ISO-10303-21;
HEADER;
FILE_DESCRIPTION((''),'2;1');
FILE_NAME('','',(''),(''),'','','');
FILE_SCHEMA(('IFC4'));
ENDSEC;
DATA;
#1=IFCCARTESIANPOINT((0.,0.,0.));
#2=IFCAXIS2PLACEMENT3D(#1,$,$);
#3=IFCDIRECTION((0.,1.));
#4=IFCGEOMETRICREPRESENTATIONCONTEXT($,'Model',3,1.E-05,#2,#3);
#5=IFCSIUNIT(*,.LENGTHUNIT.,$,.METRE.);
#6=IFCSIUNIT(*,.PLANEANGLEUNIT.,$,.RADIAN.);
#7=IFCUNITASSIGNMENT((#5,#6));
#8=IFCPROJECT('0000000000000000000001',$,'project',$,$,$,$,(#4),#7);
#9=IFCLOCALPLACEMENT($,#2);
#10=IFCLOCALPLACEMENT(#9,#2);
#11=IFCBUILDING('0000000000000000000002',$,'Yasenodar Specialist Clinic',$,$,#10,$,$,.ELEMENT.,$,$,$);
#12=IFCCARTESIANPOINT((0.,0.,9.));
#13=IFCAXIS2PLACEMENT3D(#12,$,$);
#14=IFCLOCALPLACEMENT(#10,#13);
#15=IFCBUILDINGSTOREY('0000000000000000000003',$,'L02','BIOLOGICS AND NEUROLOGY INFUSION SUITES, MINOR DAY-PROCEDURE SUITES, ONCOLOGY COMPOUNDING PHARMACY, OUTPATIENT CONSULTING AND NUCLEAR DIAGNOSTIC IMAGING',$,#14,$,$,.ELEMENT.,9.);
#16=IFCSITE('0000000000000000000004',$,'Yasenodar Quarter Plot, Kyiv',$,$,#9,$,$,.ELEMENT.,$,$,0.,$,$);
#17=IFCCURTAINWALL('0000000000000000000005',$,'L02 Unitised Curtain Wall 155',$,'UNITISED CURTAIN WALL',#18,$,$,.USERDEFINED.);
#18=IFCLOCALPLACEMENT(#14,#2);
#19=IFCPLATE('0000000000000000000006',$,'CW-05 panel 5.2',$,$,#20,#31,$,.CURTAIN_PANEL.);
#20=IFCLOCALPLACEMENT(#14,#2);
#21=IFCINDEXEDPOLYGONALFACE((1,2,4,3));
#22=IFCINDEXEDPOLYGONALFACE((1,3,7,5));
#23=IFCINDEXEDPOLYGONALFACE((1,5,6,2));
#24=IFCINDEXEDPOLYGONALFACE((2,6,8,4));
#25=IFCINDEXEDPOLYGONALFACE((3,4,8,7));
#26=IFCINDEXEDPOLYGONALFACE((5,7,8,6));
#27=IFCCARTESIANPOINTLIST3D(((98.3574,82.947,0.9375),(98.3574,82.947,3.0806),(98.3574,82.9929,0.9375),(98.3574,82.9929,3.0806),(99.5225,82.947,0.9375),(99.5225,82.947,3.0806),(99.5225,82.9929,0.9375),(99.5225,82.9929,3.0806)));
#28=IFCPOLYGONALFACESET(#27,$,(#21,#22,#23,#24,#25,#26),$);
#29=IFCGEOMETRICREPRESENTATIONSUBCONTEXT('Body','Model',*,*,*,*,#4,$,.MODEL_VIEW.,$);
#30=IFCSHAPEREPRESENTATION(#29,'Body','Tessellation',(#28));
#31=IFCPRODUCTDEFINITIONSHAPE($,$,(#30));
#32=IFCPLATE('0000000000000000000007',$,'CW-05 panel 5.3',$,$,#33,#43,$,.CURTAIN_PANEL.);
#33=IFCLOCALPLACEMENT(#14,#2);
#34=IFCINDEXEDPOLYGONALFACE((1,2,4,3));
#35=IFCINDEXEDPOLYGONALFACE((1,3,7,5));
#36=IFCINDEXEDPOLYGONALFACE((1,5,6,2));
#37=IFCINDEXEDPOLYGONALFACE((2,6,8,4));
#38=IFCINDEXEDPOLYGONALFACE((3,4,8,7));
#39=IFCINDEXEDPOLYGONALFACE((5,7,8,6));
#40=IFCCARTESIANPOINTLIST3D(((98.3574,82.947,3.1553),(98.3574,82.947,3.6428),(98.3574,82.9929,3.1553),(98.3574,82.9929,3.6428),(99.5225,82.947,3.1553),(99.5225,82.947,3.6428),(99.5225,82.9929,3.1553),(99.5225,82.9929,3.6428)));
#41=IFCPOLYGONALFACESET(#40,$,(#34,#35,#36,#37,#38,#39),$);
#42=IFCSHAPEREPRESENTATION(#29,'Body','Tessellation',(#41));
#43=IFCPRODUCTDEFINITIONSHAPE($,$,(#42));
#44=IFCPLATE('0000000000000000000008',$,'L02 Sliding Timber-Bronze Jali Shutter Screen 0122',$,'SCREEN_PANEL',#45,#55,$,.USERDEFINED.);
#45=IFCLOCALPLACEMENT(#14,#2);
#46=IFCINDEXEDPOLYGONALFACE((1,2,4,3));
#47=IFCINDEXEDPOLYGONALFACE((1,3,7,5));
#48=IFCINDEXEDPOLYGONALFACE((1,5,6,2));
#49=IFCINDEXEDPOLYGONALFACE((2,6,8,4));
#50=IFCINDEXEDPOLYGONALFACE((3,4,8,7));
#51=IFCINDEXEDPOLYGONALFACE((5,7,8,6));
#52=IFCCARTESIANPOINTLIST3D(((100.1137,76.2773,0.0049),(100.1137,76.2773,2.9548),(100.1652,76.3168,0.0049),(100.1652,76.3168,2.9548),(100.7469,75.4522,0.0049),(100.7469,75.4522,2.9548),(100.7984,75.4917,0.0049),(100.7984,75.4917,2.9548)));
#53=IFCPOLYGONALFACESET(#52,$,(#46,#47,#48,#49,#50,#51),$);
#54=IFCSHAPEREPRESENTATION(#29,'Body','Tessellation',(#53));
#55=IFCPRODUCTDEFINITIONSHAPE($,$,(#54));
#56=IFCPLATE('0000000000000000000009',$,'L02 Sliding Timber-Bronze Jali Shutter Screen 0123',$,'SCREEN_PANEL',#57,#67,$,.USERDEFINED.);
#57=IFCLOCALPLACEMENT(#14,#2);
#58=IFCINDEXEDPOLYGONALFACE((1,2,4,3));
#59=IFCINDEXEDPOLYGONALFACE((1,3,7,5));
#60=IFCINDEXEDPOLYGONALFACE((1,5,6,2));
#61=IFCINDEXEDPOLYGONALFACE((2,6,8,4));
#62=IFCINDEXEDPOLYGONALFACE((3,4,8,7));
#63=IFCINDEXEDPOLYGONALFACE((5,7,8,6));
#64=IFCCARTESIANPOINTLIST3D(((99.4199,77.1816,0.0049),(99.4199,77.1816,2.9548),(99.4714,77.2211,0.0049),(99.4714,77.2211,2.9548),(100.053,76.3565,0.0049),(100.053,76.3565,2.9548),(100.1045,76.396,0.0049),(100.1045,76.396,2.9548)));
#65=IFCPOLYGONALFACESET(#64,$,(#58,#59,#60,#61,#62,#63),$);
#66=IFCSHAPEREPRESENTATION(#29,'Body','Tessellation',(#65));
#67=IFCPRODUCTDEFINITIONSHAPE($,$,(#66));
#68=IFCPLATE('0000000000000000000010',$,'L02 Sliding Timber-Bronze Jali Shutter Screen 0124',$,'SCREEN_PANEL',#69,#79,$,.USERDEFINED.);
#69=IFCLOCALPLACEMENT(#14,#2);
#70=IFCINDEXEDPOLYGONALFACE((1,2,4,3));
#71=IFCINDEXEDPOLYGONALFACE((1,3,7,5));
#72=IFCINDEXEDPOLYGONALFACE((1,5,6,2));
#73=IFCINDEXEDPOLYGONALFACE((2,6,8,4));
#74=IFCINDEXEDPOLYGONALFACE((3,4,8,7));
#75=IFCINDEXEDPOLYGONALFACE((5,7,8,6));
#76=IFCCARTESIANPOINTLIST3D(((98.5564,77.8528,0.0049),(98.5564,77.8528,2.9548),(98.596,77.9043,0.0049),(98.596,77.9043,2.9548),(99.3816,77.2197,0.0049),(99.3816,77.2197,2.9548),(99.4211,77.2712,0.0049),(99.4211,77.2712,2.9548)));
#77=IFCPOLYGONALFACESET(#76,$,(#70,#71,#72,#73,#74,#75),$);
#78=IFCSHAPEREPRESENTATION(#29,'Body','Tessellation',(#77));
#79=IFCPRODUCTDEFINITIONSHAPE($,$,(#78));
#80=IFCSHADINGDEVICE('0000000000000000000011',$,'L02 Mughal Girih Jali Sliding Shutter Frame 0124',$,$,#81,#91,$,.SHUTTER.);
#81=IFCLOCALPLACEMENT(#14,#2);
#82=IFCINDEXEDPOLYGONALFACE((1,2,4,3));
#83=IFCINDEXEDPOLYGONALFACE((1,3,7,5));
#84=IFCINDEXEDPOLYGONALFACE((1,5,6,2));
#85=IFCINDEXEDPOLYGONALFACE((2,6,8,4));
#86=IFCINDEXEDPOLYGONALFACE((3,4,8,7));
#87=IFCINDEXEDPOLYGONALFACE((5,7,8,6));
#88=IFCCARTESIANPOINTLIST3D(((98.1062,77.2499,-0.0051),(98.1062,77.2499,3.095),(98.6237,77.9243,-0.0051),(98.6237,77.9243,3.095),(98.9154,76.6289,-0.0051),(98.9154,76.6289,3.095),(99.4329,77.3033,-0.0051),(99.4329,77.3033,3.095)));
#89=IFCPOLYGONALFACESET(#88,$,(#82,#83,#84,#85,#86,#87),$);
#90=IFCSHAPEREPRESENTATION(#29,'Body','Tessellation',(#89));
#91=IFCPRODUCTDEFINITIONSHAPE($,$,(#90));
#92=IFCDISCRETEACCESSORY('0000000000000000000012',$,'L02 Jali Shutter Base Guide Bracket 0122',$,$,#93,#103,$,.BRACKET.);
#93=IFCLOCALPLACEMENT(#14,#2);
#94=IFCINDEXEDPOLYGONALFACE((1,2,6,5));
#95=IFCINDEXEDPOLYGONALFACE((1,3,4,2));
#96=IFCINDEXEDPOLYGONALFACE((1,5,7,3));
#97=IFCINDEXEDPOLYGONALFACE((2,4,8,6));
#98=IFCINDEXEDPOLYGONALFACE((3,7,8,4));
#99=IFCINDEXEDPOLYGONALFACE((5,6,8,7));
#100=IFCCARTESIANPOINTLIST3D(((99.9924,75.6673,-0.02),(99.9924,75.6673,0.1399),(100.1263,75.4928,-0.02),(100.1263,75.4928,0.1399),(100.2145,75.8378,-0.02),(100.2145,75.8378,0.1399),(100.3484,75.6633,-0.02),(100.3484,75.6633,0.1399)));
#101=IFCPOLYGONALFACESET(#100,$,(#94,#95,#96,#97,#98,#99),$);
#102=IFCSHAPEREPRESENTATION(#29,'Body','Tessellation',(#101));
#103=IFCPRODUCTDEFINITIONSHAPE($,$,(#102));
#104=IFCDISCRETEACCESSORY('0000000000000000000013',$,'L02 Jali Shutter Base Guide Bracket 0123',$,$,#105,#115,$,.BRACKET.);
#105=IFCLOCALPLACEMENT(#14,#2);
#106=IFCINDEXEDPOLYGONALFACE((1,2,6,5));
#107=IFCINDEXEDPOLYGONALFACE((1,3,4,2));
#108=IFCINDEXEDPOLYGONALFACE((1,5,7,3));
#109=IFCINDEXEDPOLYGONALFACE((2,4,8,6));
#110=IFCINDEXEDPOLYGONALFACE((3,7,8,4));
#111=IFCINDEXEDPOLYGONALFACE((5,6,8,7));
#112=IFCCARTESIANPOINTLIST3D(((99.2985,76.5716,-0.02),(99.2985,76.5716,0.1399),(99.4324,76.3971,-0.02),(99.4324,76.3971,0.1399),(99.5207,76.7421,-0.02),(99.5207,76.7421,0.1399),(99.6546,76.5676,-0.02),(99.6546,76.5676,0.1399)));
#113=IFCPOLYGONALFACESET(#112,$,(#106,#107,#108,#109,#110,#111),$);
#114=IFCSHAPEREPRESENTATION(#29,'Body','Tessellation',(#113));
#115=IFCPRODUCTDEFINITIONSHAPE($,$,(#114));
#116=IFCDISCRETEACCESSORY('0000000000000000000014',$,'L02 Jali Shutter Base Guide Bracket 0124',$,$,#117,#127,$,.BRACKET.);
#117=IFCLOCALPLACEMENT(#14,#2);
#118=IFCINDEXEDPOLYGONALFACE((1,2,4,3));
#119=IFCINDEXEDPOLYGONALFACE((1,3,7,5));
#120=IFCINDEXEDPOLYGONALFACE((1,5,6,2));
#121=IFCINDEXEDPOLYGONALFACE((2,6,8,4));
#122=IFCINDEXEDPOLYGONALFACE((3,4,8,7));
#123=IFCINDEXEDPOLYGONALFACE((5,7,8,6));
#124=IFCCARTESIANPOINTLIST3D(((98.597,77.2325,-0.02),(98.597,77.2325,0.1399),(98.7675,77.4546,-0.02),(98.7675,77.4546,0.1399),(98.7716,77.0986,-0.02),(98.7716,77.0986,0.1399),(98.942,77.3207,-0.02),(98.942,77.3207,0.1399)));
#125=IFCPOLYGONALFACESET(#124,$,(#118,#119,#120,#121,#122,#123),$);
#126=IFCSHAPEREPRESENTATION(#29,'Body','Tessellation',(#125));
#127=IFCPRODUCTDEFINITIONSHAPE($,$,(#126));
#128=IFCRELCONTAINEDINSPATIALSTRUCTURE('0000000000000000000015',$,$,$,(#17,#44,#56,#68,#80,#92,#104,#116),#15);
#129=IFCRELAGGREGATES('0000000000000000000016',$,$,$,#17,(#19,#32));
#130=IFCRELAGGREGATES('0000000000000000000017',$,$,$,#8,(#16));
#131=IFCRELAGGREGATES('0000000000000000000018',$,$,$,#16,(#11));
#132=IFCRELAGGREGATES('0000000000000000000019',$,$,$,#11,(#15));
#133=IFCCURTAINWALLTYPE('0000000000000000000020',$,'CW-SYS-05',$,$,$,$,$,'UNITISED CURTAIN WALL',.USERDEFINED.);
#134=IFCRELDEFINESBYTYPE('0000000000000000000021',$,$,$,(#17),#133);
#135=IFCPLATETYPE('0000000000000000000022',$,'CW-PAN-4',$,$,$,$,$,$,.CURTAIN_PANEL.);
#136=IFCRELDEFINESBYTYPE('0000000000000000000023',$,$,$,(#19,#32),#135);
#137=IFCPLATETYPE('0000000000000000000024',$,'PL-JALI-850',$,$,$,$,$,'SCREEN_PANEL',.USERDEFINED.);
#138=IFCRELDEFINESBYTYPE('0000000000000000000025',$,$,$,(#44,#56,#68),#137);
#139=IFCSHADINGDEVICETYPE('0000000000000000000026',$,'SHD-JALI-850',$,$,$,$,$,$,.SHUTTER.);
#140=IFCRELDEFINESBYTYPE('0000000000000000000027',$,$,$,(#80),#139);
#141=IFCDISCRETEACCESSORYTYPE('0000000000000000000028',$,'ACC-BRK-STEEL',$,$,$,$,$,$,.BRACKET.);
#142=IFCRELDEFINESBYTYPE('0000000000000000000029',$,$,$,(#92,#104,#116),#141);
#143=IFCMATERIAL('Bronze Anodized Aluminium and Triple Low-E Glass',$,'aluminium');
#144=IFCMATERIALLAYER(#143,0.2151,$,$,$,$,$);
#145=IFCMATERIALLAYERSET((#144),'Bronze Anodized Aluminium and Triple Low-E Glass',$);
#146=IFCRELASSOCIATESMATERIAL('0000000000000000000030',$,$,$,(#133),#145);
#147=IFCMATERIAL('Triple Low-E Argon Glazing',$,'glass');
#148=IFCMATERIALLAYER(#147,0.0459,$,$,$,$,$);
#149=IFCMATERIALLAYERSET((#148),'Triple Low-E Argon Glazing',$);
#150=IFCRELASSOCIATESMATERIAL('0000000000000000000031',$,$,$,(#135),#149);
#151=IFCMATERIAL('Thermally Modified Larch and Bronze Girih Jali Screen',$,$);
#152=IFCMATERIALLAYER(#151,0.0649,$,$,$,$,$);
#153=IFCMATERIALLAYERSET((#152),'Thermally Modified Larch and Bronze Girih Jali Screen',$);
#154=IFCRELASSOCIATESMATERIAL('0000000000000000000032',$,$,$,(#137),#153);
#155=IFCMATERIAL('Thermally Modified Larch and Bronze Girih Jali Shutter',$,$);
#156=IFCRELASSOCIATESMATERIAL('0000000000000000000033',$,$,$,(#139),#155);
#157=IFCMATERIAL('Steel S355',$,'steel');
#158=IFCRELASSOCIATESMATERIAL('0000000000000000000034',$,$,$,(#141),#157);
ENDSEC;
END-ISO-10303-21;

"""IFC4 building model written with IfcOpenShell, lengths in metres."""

from ifc_helpers import new_model, si_unit, direction, frame, origin, origin_2d, place, context, subcontext, project, spatial, rectangle, extrude, material, layer, layer_set, type_object, element, aggregate, save


model = new_model("IFC4")

# Units and contexts
model_context = context("Model", 3, precision=1e-05, world=origin(), true_north=direction((0.0, 1.0)))
body_context = subcontext(model_context, "Body", "Model", "MODEL_VIEW")
ifc_project = project(units=[si_unit("LENGTHUNIT", "METRE"), si_unit("PLANEANGLEUNIT", "RADIAN")], contexts=[model_context])

# Site, building, storey
site_placement = place(None, origin())
site = spatial("IfcSite", under=ifc_project, at=site_placement, Name="Yasenodar Quarter Plot, Kyiv", CompositionType="ELEMENT", RefElevation=0.0)
building_placement = place(site_placement, origin())
building = spatial("IfcBuilding", under=site, at=building_placement, Name="Yasenodar Specialist Clinic", CompositionType="ELEMENT")
storey_placement = place(building_placement, frame((0.0, 0.0, 9.0)))
storey = spatial("IfcBuildingStorey", under=building, at=storey_placement, Name="L02", Description="BIOLOGICS AND NEUROLOGY INFUSION SUITES, MINOR DAY-PROCEDURE SUITES, ONCOLOGY COMPOUNDING PHARMACY, OUTPATIENT CONSULTING AND NUCLEAR DIAGNOSTIC IMAGING", CompositionType="ELEMENT", Elevation=9.0)

# Curtain wall
ifc_material_1 = material(Name="Bronze Anodized Aluminium and Triple Low-E Glass", Category="aluminium")
ifc_layer_1 = layer(ifc_material_1, 0.2151)
ifc_layer_set_1 = layer_set([ifc_layer_1], Name="Bronze Anodized Aluminium and Triple Low-E Glass")
curtain_wall_type_1 = type_object("IfcCurtainWallType", Name="CW-SYS-05", ElementType="UNITISED CURTAIN WALL", PredefinedType="USERDEFINED", material=ifc_layer_set_1)
curtain_wall_1_placement = place(storey_placement, origin())
curtain_wall_1 = element("IfcCurtainWall", 1, at=curtain_wall_1_placement, inside=storey, type_object=curtain_wall_type_1, Name="L02 Unitised Curtain Wall 155", ObjectType="UNITISED CURTAIN WALL", PredefinedType="USERDEFINED")

# Plates
ifc_material_2 = material(Name="Triple Low-E Argon Glazing", Category="glass")
ifc_layer_2 = layer(ifc_material_2, 0.0459)
ifc_layer_set_2 = layer_set([ifc_layer_2], Name="Triple Low-E Argon Glazing")
plate_type_1 = type_object("IfcPlateType", Name="CW-PAN-4", PredefinedType="CURTAIN_PANEL", material=ifc_layer_set_2)
plate_1_placement = place(storey_placement, frame((98.9399, 82.97, 0.9375), z_axis=(0.0, 0.0, 1.0), x_axis=(-1.0, 0.0, 0.0)))
plate_1 = element("IfcPlate", 2, at=plate_1_placement, type_object=plate_type_1, Name="CW-05 panel 5.2", PredefinedType="CURTAIN_PANEL", context=body_context, shape_type="SweptSolid", body=[
    extrude(rectangle(XDim=1.165, YDim=0.0459, at=origin_2d()), origin(), (0.0, 0.0, 1.0), 2.1431),
])
plate_2_placement = place(storey_placement, frame((98.9399, 82.97, 3.1553), z_axis=(0.0, 0.0, 1.0), x_axis=(-1.0, 0.0, 0.0)))
plate_2 = element("IfcPlate", 3, at=plate_2_placement, type_object=plate_type_1, Name="CW-05 panel 5.3", PredefinedType="CURTAIN_PANEL", context=body_context, shape_type="SweptSolid", body=[
    extrude(rectangle(XDim=1.165, YDim=0.0459, at=origin_2d()), origin(), (0.0, 0.0, 1.0), 0.4875),
])
aggregate(curtain_wall_1, [plate_1, plate_2])

# Plates
ifc_material_3 = material(Name="Thermally Modified Larch and Bronze Girih Jali Screen")
ifc_layer_3 = layer(ifc_material_3, 0.0649)
ifc_layer_set_3 = layer_set([ifc_layer_3], Name="Thermally Modified Larch and Bronze Girih Jali Screen")
plate_type_2 = type_object("IfcPlateType", Name="PL-JALI-850", ElementType="SCREEN_PANEL", PredefinedType="USERDEFINED", material=ifc_layer_set_3)
for number, where, z_axis, x_axis, name in (
    (4, (100.4561, 75.8845, 0.0049), (0.0, 0.0, 1.0), (-0.608764, 0.793351, 0.0), "L02 Sliding Timber-Bronze Jali Shutter Screen 0122"),
    (5, (99.7622, 76.7888, 0.0049), (0.0, 0.0, 1.0), (-0.608764, 0.793351, 0.0), "L02 Sliding Timber-Bronze Jali Shutter Screen 0123"),
    (6, (98.9888, 77.562, 0.0049), (0.0, 0.0, 1.0), (-0.793351, 0.608764, 0.0), "L02 Sliding Timber-Bronze Jali Shutter Screen 0124"),
):
    element("IfcPlate", number, at=place(storey_placement, frame(where, z_axis=z_axis, x_axis=x_axis)), inside=storey, type_object=plate_type_2, Name=name, ObjectType="SCREEN_PANEL", PredefinedType="USERDEFINED", context=body_context, shape_type="SweptSolid", body=[
        extrude(rectangle(XDim=1.04, YDim=0.0649, at=origin_2d()), origin(), (0.0, 0.0, 1.0), 2.95),
    ])

# Shading device
ifc_material_4 = material(Name="Thermally Modified Larch and Bronze Girih Jali Shutter")
shading_device_type = type_object("IfcShadingDeviceType", Name="SHD-JALI-850", PredefinedType="SHUTTER", material=ifc_material_4)
shading_device_placement = place(storey_placement, frame((98.7695, 77.2766, -0.0051), z_axis=(0.0, 0.0, 1.0), x_axis=(-0.793351, 0.608764, 0.0)))
element("IfcShadingDevice", 7, at=shading_device_placement, inside=storey, type_object=shading_device_type, Name="L02 Mughal Girih Jali Sliding Shutter Frame 0124", PredefinedType="SHUTTER", context=body_context, shape_type="SweptSolid", body=[
    extrude(rectangle(XDim=1.02, YDim=0.8501, at=origin_2d()), origin(), (0.0, 0.0, 1.0), 3.1001),
])

# Discrete accessories
ifc_material_5 = material(Name="Steel S355", Category="steel")
discrete_accessory_type = type_object("IfcDiscreteAccessoryType", Name="ACC-BRK-STEEL", PredefinedType="BRACKET", material=ifc_material_5)
for number, where, z_axis, x_axis, name in (
    (8, (100.1704, 75.6653, -0.02), (0.0, 0.0, 1.0), (-0.608764, 0.793351, 0.0), "L02 Jali Shutter Base Guide Bracket 0122"),
    (9, (99.4766, 76.5696, -0.02), (0.0, 0.0, 1.0), (-0.608764, 0.793351, 0.0), "L02 Jali Shutter Base Guide Bracket 0123"),
    (10, (98.7695, 77.2766, -0.02), (0.0, 0.0, 1.0), (-0.793351, 0.608764, 0.0), "L02 Jali Shutter Base Guide Bracket 0124"),
):
    element("IfcDiscreteAccessory", number, at=place(storey_placement, frame(where, z_axis=z_axis, x_axis=x_axis)), inside=storey, type_object=discrete_accessory_type, Name=name, PredefinedType="BRACKET", context=body_context, shape_type="SweptSolid", body=[
        extrude(rectangle(XDim=0.22, YDim=0.28, at=origin_2d()), origin(), (0.0, 0.0, 1.0), 0.1599),
    ])

save(model, "model.ifc")
